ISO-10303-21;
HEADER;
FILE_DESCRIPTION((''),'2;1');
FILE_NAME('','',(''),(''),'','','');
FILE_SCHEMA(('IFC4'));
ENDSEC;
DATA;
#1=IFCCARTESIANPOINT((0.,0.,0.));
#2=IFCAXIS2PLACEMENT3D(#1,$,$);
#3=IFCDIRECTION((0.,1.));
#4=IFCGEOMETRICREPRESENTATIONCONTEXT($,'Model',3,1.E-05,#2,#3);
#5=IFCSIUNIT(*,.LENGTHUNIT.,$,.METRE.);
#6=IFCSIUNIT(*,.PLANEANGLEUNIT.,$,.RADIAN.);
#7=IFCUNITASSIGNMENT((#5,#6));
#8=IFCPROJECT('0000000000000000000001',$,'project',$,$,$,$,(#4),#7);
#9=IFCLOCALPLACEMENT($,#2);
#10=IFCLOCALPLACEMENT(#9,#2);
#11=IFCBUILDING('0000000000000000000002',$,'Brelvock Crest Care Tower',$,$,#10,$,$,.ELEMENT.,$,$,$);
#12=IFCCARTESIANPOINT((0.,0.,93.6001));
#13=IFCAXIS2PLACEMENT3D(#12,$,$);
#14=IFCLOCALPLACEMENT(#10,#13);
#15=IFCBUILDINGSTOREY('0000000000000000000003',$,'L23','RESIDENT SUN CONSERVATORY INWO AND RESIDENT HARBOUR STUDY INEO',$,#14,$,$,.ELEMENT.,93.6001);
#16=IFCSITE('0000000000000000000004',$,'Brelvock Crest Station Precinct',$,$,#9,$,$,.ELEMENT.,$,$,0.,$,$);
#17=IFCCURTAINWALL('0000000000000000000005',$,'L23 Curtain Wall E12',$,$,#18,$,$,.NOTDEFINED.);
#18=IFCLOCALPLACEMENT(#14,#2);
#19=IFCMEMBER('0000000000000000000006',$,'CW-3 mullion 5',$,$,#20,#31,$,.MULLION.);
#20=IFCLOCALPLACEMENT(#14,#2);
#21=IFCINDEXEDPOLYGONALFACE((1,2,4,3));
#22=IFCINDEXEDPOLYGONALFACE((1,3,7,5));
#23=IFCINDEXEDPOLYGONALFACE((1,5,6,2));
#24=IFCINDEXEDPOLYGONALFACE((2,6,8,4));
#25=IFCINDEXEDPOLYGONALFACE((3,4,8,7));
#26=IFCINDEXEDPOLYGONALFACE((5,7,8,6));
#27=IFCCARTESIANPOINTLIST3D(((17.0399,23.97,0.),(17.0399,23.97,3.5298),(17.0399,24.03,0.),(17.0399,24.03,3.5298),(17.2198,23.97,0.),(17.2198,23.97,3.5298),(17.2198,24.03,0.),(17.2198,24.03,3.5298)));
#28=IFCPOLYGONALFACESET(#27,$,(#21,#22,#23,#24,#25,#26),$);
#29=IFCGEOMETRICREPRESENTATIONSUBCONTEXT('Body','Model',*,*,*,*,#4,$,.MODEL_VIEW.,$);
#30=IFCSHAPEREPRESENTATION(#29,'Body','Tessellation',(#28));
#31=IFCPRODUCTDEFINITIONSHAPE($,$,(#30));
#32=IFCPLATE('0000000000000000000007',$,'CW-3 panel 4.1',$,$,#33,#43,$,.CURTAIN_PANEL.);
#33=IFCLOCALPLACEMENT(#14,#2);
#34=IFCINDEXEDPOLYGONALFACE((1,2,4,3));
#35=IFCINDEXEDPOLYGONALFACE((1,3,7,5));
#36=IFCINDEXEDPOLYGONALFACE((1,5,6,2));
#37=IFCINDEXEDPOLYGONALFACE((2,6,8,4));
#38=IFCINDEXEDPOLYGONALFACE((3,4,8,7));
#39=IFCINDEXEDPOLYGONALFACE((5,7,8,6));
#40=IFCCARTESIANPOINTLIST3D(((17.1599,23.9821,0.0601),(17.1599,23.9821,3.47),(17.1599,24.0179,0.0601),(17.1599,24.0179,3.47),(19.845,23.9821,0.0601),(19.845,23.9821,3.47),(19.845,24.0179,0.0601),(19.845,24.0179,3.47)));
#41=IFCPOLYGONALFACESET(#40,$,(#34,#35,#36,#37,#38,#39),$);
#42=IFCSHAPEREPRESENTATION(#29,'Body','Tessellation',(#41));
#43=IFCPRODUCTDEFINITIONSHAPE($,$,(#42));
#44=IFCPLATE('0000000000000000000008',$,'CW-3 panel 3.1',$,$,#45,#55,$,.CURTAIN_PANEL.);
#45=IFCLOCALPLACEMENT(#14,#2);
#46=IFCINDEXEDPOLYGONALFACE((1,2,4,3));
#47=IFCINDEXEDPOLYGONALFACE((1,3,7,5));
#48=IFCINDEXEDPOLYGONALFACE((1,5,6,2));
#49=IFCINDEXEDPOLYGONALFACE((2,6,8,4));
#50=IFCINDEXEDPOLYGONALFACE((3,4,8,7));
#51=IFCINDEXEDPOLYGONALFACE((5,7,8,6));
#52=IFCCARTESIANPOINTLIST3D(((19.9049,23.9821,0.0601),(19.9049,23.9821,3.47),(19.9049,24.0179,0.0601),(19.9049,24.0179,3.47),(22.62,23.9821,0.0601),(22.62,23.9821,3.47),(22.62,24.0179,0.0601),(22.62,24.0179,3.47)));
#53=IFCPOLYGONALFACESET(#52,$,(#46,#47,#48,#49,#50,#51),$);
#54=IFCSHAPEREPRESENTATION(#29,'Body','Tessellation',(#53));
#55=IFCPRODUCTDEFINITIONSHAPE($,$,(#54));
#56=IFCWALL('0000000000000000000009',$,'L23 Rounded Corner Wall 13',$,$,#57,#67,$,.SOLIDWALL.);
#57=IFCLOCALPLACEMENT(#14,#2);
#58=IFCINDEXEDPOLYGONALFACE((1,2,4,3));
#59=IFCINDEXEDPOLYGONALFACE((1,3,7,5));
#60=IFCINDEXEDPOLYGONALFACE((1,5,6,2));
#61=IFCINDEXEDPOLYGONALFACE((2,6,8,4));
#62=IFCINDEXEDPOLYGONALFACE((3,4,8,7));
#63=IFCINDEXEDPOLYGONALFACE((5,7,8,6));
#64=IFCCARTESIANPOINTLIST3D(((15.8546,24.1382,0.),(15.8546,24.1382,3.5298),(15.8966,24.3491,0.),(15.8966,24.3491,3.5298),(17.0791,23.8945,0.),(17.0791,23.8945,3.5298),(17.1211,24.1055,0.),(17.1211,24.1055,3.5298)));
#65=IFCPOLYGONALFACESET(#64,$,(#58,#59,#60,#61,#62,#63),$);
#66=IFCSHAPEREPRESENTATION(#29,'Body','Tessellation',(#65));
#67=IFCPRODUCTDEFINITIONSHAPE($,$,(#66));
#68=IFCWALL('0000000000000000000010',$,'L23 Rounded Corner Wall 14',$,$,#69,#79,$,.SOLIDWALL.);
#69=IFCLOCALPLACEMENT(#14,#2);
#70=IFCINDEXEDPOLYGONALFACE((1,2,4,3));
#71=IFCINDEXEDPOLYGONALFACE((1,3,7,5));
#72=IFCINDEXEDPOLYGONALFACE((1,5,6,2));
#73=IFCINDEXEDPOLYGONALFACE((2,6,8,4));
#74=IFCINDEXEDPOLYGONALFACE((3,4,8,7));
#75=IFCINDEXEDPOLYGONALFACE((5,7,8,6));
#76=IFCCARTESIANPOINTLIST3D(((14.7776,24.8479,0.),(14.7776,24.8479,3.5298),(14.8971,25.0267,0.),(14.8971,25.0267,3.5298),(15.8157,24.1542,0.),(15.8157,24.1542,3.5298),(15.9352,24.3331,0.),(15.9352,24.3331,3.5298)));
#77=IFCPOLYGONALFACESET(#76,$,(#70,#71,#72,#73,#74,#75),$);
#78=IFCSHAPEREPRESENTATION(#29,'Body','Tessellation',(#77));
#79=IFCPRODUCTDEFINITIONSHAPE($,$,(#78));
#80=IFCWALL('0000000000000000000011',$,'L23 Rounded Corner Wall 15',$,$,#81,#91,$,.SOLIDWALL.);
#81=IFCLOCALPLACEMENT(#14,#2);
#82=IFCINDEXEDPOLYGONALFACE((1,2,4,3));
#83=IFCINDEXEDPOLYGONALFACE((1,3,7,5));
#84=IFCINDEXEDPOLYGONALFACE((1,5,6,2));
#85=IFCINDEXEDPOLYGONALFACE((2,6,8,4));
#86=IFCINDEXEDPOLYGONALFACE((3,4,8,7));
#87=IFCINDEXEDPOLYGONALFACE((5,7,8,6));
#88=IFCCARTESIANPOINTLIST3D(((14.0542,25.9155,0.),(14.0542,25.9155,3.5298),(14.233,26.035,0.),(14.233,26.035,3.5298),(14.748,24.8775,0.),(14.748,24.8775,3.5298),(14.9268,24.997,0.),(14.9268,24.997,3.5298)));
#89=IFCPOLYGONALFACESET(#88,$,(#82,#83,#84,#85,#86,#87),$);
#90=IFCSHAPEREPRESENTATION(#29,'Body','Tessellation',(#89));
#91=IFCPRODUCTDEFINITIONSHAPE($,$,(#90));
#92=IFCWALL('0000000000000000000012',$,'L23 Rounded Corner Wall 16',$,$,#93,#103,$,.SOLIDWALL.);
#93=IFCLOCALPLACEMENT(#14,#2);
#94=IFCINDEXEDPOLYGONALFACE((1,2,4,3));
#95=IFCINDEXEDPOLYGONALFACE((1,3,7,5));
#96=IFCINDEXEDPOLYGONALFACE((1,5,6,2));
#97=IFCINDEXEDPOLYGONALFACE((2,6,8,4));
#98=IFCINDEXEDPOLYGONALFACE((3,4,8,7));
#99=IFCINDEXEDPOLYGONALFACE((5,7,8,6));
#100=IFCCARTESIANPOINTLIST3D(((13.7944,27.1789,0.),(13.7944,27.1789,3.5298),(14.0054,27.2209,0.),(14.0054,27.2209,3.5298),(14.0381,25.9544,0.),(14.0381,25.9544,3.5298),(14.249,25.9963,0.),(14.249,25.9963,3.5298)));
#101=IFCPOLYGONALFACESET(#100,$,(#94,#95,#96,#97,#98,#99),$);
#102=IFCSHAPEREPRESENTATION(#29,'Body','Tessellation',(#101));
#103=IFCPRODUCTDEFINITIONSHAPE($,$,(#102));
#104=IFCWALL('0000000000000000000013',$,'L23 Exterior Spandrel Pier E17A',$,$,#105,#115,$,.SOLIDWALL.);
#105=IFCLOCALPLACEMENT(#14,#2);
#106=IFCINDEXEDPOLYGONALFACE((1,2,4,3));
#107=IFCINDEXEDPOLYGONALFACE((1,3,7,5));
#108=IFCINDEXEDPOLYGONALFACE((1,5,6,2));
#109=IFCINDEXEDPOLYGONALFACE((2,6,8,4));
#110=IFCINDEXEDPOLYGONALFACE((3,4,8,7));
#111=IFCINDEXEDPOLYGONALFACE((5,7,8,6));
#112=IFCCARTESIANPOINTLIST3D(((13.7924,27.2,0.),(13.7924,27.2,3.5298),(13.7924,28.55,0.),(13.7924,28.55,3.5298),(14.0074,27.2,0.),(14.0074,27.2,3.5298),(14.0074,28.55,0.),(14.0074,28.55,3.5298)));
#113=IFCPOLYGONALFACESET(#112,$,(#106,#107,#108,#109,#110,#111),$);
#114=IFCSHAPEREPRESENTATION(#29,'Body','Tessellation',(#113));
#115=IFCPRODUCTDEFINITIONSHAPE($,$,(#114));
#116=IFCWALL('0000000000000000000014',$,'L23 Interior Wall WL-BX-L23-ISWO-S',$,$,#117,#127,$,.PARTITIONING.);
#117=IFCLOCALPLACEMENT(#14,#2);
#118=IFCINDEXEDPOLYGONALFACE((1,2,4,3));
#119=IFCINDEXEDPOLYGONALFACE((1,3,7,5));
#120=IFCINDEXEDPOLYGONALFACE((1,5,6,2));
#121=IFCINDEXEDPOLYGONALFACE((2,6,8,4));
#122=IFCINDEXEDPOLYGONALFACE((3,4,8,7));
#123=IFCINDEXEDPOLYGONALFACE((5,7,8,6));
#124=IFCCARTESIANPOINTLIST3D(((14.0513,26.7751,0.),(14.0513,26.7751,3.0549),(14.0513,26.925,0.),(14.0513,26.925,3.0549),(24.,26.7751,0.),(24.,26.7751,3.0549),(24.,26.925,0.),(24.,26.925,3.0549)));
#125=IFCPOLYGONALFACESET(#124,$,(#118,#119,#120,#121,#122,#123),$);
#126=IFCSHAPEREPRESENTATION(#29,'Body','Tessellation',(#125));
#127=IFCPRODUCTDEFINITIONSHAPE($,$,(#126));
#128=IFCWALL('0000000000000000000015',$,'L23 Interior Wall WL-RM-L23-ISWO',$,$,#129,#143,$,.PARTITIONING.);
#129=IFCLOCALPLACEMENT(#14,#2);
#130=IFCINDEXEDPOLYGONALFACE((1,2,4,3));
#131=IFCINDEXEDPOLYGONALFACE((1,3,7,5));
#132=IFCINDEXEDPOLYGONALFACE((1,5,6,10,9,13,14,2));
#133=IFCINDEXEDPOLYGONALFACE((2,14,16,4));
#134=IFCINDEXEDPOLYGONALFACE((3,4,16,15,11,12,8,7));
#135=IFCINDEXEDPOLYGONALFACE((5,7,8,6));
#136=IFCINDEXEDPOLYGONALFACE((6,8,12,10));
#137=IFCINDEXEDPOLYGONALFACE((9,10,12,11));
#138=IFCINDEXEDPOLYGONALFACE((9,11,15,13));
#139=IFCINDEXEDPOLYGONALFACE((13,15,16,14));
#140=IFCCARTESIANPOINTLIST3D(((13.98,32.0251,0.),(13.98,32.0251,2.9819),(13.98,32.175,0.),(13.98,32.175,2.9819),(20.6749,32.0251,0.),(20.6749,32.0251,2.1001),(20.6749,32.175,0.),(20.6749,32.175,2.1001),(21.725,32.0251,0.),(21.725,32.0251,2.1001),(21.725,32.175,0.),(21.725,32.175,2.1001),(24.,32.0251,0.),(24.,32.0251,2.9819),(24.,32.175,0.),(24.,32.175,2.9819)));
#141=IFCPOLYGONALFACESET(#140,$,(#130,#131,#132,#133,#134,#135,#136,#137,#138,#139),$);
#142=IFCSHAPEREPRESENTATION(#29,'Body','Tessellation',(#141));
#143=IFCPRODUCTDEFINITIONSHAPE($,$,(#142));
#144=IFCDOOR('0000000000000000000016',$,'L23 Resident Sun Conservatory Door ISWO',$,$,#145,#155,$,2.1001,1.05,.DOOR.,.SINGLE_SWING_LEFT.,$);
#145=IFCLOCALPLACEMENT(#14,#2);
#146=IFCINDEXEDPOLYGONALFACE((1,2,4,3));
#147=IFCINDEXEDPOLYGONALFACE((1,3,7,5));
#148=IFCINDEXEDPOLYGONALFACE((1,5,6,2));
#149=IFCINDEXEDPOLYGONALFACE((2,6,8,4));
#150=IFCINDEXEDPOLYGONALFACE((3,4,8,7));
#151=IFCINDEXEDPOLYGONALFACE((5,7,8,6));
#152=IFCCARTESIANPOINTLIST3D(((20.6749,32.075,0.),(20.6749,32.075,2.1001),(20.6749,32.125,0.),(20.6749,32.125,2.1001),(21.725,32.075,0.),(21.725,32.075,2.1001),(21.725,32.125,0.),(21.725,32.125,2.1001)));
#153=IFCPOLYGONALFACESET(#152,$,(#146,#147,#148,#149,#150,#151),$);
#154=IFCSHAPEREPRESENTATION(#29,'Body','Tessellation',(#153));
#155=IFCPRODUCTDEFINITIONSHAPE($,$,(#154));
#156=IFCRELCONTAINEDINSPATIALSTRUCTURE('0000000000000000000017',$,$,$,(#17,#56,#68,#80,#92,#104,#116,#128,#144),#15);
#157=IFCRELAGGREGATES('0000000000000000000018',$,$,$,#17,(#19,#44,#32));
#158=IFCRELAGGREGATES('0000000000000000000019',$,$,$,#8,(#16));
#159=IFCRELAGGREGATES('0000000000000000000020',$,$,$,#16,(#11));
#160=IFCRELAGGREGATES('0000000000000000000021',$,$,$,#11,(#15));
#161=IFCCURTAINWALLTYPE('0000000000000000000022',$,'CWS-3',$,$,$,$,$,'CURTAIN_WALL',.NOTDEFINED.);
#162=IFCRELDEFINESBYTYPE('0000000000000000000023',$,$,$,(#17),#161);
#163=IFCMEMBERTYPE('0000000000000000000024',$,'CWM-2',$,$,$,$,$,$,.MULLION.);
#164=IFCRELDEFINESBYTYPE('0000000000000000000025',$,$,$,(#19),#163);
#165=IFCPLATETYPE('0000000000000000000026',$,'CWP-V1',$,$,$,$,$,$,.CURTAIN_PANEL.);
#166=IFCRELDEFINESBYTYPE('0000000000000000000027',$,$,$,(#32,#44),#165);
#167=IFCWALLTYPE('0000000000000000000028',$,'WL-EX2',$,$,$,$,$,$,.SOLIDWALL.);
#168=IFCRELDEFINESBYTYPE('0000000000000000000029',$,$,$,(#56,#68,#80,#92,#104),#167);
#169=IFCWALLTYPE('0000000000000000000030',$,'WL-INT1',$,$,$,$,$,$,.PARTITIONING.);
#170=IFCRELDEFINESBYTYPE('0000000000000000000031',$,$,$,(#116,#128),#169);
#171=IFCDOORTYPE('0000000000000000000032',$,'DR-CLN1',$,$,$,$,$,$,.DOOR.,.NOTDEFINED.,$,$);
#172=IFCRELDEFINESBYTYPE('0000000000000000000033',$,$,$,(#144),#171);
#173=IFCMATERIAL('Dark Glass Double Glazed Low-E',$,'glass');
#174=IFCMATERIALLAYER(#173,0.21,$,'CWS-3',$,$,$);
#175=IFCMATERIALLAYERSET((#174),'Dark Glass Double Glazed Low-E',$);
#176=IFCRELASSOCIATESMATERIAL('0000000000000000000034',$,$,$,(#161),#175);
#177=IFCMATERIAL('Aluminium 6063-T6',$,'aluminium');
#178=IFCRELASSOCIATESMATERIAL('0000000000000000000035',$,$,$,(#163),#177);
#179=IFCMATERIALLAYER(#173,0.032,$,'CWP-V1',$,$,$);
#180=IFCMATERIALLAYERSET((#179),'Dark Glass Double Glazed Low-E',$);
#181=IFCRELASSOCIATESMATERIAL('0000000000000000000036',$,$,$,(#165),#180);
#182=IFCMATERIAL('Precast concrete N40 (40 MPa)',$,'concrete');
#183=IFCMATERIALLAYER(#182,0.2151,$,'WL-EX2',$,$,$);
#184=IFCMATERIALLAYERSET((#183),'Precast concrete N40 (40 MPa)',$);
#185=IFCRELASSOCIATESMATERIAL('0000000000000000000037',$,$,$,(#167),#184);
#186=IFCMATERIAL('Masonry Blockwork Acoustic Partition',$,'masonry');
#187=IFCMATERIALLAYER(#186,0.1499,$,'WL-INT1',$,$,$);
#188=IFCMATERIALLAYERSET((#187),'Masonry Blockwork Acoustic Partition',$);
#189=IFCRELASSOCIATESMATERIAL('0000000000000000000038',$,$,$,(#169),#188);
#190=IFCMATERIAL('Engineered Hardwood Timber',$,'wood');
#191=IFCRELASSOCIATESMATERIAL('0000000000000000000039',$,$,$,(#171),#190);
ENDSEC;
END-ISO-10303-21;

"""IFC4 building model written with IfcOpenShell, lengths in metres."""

from ifc_helpers import new_model, si_unit, direction, frame, frame_2d, origin, origin_2d, place, context, subcontext, project, spatial, rectangle, extrude, source, transform, mapped, material, layer, layer_set, material_profile, profile_set, type_object, element, fill, aggregate, save


model = new_model("IFC4")

# Units and contexts
model_context = context("Model", 3, precision=1e-05, world=origin(), true_north=direction((0.0, 1.0)))
body_context = subcontext(model_context, "Body", "Model", "MODEL_VIEW")
ifc_project = project(units=[si_unit("LENGTHUNIT", "METRE"), si_unit("PLANEANGLEUNIT", "RADIAN")], contexts=[model_context])

# Site, building, storey
site_placement = place(None, origin())
site = spatial("IfcSite", under=ifc_project, at=site_placement, Name="Brelvock Crest Station Precinct", CompositionType="ELEMENT", RefElevation=0.0)
building_placement = place(site_placement, origin())
building = spatial("IfcBuilding", under=site, at=building_placement, Name="Brelvock Crest Care Tower", CompositionType="ELEMENT")
storey_placement = place(building_placement, frame((0.0, 0.0, 93.6001)))
storey = spatial("IfcBuildingStorey", under=building, at=storey_placement, Name="L23", Description="RESIDENT SUN CONSERVATORY INWO AND RESIDENT HARBOUR STUDY INEO", CompositionType="ELEMENT", Elevation=93.6001)

# Curtain wall, member, plates
ifc_material_1 = material(Name="Dark Glass Double Glazed Low-E", Category="glass")
ifc_layer_1 = layer(ifc_material_1, 0.21, Name="CWS-3")
ifc_layer_set_1 = layer_set([ifc_layer_1], Name="Dark Glass Double Glazed Low-E")
curtain_wall_type = type_object("IfcCurtainWallType", Name="CWS-3", ElementType="CURTAIN_WALL", PredefinedType="NOTDEFINED", material=ifc_layer_set_1)
curtain_wall_placement = place(storey_placement, origin())
curtain_wall = element("IfcCurtainWall", 1, at=curtain_wall_placement, inside=storey, type_object=curtain_wall_type, Name="L23 Curtain Wall E12", PredefinedType="NOTDEFINED")
ifc_material_2 = material(Name="Aluminium 6063-T6", Category="aluminium")
ifc_material_profile_1 = material_profile(ifc_material_2, rectangle(XDim=0.0601, YDim=0.1799, at=origin_2d()), Name="ALU60x180")
ifc_profile_set_1 = profile_set([ifc_material_profile_1], Name="Aluminium 6063-T6")
member_type_1 = type_object("IfcMemberType", Name="CWM-2", PredefinedType="MULLION", material=ifc_profile_set_1)
shared_shape_1 = source(origin(), body_context, "Body", "SweptSolid", [
    extrude(rectangle(XDim=0.0601, YDim=0.1799, at=origin_2d()), origin(), (0.0, 0.0, 1.0), 3.5298),
])
member_1_placement = place(storey_placement, frame((17.1299, 24.0, 0.0), z_axis=(0.0, 0.0, 1.0), x_axis=(0.0, -1.0, 0.0)))
member_1 = element("IfcMember", 2, at=member_1_placement, type_object=member_type_1, Name="CW-3 mullion 5", PredefinedType="MULLION", context=body_context, shape_type="MappedRepresentation", body=[
    mapped(shared_shape_1, transform((0.0, 0.0, 0.0), x_axis=(1.0, 0.0, 0.0), y_axis=(0.0, 1.0, 0.0), z_axis=(0.0, 0.0, 1.0), scale=1.0)),
])
ifc_layer_2 = layer(ifc_material_1, 0.032, Name="CWP-V1")
ifc_layer_set_2 = layer_set([ifc_layer_2], Name="Dark Glass Double Glazed Low-E")
plate_type = type_object("IfcPlateType", Name="CWP-V1", PredefinedType="CURTAIN_PANEL", material=ifc_layer_set_2)
shared_shape_2 = source(origin(), body_context, "Body", "SweptSolid", [
    extrude(rectangle(XDim=2.6851, YDim=0.0359, at=origin_2d()), origin(), (0.0, 0.0, 1.0), 3.4099),
])
plate_1_placement = place(storey_placement, frame((18.5024, 24.0, 0.0601), z_axis=(0.0, 0.0, 1.0), x_axis=(-1.0, 0.0, 0.0)))
plate_1 = element("IfcPlate", 3, at=plate_1_placement, type_object=plate_type, Name="CW-3 panel 4.1", PredefinedType="CURTAIN_PANEL", context=body_context, shape_type="MappedRepresentation", body=[
    mapped(shared_shape_2, transform((0.0, 0.0, 0.0), x_axis=(1.0, 0.0, 0.0), y_axis=(0.0, 1.0, 0.0), z_axis=(0.0, 0.0, 1.0), scale=1.0)),
])
shared_shape_3 = source(origin(), body_context, "Body", "SweptSolid", [
    extrude(rectangle(XDim=2.7151, YDim=0.0359, at=origin_2d()), origin(), (0.0, 0.0, 1.0), 3.4099),
])
plate_2_placement = place(storey_placement, frame((21.2625, 24.0, 0.0601), z_axis=(0.0, 0.0, 1.0), x_axis=(-1.0, 0.0, 0.0)))
plate_2 = element("IfcPlate", 4, at=plate_2_placement, type_object=plate_type, Name="CW-3 panel 3.1", PredefinedType="CURTAIN_PANEL", context=body_context, shape_type="MappedRepresentation", body=[
    mapped(shared_shape_3, transform((0.0, 0.0, 0.0), x_axis=(1.0, 0.0, 0.0), y_axis=(0.0, 1.0, 0.0), z_axis=(0.0, 0.0, 1.0), scale=1.0)),
])
aggregate(curtain_wall, [member_1, plate_2, plate_1])

# Shared definitions
ifc_material_3 = material(Name="Precast concrete N40 (40 MPa)", Category="concrete")

# Walls
ifc_layer_3 = layer(ifc_material_3, 0.2151, Name="WL-EX2")
ifc_layer_set_3 = layer_set([ifc_layer_3], Name="Precast concrete N40 (40 MPa)")
wall_type_1 = type_object("IfcWallType", Name="WL-EX2", PredefinedType="SOLIDWALL", material=ifc_layer_set_3)
for number, where, z_axis, x_axis, name in (
    (5, (17.1001, 24.0, 0.0), (0.0, 0.0, 1.0), (-0.980776, 0.195138, 0.0), "L23 Rounded Corner Wall 13"),
    (6, (15.8755, 24.2437, 0.0), (0.0, 0.0, 1.0), (-0.831478, 0.555557, 0.0), "L23 Rounded Corner Wall 14"),
    (7, (14.8374, 24.9373, 0.0), (0.0, 0.0, 1.0), (-0.555692, 0.831388, 0.0), "L23 Rounded Corner Wall 15"),
    (8, (14.1436, 25.9753, 0.0), (0.0, 0.0, 1.0), (-0.195138, 0.980776, 0.0), "L23 Rounded Corner Wall 16"),
):
    element("IfcWall", number, at=place(storey_placement, frame(where, z_axis=z_axis, x_axis=x_axis)), inside=storey, type_object=wall_type_1, Name=name, PredefinedType="SOLIDWALL", context=body_context, shape_type="SweptSolid", body=[
        extrude(rectangle(XDim=1.2485, YDim=0.2151, at=frame_2d((0.6243, 0.0))), origin(), (0.0, 0.0, 1.0), 3.5298),
    ])
wall_1_placement = place(storey_placement, frame((13.8999, 27.2, 0.0), z_axis=(0.0, 0.0, 1.0), x_axis=(0.0, 1.0, 0.0)))
element("IfcWall", 9, at=wall_1_placement, inside=storey, type_object=wall_type_1, Name="L23 Exterior Spandrel Pier E17A", PredefinedType="SOLIDWALL", context=body_context, shape_type="SweptSolid", body=[
    extrude(rectangle(XDim=1.3501, YDim=0.2151, at=frame_2d((0.675, 0.0))), origin(), (0.0, 0.0, 1.0), 3.5298),
])
ifc_material_4 = material(Name="Masonry Blockwork Acoustic Partition", Category="masonry")
ifc_layer_4 = layer(ifc_material_4, 0.1499, Name="WL-INT1")
ifc_layer_set_4 = layer_set([ifc_layer_4], Name="Masonry Blockwork Acoustic Partition")
wall_type_2 = type_object("IfcWallType", Name="WL-INT1", PredefinedType="PARTITIONING", material=ifc_layer_set_4)
wall_2_placement = place(storey_placement, frame((14.0513, 26.8501, 0.0), z_axis=(0.0, 0.0, 1.0), x_axis=(1.0, 0.0, 0.0)))
element("IfcWall", 10, at=wall_2_placement, inside=storey, type_object=wall_type_2, Name="L23 Interior Wall WL-BX-L23-ISWO-S", PredefinedType="PARTITIONING", context=body_context, shape_type="SweptSolid", body=[
    extrude(rectangle(XDim=9.9487, YDim=0.1499, at=frame_2d((4.9744, 0.0))), origin(), (0.0, 0.0, 1.0), 3.0549),
])

# Wall, opening, door
wall_3_placement = place(storey_placement, frame((13.98, 32.1001, 0.0), z_axis=(0.0, 0.0, 1.0), x_axis=(1.0, 0.0, 0.0)))
wall_3 = element("IfcWall", 11, at=wall_3_placement, inside=storey, type_object=wall_type_2, Name="L23 Interior Wall WL-RM-L23-ISWO", PredefinedType="PARTITIONING", context=body_context, shape_type="SweptSolid", body=[
    extrude(rectangle(XDim=10.02, YDim=0.1499, at=frame_2d((5.01, 0.0))), origin(), (0.0, 0.0, 1.0), 2.9819),
])
opening_1_placement = place(wall_3_placement, frame((6.6951, 0.0, 0.0)))
opening_1 = element("IfcOpeningElement", 12, at=opening_1_placement, cuts=wall_3, PredefinedType="OPENING", context=body_context, shape_type="SweptSolid", body=[
    extrude(rectangle(XDim=1.05, YDim=2.1001, at=origin_2d()), frame((0.5249, 0.085, 1.05), z_axis=(0.0, -1.0, 0.0), x_axis=(1.0, 0.0, 0.0)), (0.0, 0.0, 1.0), 0.1699),
])
ifc_material_5 = material(Name="Engineered Hardwood Timber", Category="wood")
door_type_1 = type_object("IfcDoorType", Name="DR-CLN1", OperationType="NOTDEFINED", PredefinedType="DOOR", material=ifc_material_5)
shared_shape_4 = source(origin(), body_context, "Body", "SweptSolid", [
    extrude(rectangle(XDim=1.05, YDim=2.1001, at=origin_2d()), frame((0.5249, 0.0249, 1.05), z_axis=(0.0, -1.0, 0.0), x_axis=(1.0, 0.0, 0.0)), (0.0, 0.0, 1.0), 0.05),
])
door_1_placement = place(opening_1_placement, origin())
door_1 = element("IfcDoor", 13, at=door_1_placement, inside=storey, type_object=door_type_1, Name="L23 Resident Sun Conservatory Door ISWO", OperationType="SINGLE_SWING_LEFT", OverallHeight=2.1001, OverallWidth=1.05, PredefinedType="DOOR", context=body_context, shape_type="MappedRepresentation", body=[
    mapped(shared_shape_4, transform((0.0, 0.0, 0.0), x_axis=(1.0, 0.0, 0.0), y_axis=(0.0, 1.0, 0.0), z_axis=(0.0, 0.0, 1.0), scale=1.0)),
])
fill(opening_1, door_1)

save(model, "model.ifc")
